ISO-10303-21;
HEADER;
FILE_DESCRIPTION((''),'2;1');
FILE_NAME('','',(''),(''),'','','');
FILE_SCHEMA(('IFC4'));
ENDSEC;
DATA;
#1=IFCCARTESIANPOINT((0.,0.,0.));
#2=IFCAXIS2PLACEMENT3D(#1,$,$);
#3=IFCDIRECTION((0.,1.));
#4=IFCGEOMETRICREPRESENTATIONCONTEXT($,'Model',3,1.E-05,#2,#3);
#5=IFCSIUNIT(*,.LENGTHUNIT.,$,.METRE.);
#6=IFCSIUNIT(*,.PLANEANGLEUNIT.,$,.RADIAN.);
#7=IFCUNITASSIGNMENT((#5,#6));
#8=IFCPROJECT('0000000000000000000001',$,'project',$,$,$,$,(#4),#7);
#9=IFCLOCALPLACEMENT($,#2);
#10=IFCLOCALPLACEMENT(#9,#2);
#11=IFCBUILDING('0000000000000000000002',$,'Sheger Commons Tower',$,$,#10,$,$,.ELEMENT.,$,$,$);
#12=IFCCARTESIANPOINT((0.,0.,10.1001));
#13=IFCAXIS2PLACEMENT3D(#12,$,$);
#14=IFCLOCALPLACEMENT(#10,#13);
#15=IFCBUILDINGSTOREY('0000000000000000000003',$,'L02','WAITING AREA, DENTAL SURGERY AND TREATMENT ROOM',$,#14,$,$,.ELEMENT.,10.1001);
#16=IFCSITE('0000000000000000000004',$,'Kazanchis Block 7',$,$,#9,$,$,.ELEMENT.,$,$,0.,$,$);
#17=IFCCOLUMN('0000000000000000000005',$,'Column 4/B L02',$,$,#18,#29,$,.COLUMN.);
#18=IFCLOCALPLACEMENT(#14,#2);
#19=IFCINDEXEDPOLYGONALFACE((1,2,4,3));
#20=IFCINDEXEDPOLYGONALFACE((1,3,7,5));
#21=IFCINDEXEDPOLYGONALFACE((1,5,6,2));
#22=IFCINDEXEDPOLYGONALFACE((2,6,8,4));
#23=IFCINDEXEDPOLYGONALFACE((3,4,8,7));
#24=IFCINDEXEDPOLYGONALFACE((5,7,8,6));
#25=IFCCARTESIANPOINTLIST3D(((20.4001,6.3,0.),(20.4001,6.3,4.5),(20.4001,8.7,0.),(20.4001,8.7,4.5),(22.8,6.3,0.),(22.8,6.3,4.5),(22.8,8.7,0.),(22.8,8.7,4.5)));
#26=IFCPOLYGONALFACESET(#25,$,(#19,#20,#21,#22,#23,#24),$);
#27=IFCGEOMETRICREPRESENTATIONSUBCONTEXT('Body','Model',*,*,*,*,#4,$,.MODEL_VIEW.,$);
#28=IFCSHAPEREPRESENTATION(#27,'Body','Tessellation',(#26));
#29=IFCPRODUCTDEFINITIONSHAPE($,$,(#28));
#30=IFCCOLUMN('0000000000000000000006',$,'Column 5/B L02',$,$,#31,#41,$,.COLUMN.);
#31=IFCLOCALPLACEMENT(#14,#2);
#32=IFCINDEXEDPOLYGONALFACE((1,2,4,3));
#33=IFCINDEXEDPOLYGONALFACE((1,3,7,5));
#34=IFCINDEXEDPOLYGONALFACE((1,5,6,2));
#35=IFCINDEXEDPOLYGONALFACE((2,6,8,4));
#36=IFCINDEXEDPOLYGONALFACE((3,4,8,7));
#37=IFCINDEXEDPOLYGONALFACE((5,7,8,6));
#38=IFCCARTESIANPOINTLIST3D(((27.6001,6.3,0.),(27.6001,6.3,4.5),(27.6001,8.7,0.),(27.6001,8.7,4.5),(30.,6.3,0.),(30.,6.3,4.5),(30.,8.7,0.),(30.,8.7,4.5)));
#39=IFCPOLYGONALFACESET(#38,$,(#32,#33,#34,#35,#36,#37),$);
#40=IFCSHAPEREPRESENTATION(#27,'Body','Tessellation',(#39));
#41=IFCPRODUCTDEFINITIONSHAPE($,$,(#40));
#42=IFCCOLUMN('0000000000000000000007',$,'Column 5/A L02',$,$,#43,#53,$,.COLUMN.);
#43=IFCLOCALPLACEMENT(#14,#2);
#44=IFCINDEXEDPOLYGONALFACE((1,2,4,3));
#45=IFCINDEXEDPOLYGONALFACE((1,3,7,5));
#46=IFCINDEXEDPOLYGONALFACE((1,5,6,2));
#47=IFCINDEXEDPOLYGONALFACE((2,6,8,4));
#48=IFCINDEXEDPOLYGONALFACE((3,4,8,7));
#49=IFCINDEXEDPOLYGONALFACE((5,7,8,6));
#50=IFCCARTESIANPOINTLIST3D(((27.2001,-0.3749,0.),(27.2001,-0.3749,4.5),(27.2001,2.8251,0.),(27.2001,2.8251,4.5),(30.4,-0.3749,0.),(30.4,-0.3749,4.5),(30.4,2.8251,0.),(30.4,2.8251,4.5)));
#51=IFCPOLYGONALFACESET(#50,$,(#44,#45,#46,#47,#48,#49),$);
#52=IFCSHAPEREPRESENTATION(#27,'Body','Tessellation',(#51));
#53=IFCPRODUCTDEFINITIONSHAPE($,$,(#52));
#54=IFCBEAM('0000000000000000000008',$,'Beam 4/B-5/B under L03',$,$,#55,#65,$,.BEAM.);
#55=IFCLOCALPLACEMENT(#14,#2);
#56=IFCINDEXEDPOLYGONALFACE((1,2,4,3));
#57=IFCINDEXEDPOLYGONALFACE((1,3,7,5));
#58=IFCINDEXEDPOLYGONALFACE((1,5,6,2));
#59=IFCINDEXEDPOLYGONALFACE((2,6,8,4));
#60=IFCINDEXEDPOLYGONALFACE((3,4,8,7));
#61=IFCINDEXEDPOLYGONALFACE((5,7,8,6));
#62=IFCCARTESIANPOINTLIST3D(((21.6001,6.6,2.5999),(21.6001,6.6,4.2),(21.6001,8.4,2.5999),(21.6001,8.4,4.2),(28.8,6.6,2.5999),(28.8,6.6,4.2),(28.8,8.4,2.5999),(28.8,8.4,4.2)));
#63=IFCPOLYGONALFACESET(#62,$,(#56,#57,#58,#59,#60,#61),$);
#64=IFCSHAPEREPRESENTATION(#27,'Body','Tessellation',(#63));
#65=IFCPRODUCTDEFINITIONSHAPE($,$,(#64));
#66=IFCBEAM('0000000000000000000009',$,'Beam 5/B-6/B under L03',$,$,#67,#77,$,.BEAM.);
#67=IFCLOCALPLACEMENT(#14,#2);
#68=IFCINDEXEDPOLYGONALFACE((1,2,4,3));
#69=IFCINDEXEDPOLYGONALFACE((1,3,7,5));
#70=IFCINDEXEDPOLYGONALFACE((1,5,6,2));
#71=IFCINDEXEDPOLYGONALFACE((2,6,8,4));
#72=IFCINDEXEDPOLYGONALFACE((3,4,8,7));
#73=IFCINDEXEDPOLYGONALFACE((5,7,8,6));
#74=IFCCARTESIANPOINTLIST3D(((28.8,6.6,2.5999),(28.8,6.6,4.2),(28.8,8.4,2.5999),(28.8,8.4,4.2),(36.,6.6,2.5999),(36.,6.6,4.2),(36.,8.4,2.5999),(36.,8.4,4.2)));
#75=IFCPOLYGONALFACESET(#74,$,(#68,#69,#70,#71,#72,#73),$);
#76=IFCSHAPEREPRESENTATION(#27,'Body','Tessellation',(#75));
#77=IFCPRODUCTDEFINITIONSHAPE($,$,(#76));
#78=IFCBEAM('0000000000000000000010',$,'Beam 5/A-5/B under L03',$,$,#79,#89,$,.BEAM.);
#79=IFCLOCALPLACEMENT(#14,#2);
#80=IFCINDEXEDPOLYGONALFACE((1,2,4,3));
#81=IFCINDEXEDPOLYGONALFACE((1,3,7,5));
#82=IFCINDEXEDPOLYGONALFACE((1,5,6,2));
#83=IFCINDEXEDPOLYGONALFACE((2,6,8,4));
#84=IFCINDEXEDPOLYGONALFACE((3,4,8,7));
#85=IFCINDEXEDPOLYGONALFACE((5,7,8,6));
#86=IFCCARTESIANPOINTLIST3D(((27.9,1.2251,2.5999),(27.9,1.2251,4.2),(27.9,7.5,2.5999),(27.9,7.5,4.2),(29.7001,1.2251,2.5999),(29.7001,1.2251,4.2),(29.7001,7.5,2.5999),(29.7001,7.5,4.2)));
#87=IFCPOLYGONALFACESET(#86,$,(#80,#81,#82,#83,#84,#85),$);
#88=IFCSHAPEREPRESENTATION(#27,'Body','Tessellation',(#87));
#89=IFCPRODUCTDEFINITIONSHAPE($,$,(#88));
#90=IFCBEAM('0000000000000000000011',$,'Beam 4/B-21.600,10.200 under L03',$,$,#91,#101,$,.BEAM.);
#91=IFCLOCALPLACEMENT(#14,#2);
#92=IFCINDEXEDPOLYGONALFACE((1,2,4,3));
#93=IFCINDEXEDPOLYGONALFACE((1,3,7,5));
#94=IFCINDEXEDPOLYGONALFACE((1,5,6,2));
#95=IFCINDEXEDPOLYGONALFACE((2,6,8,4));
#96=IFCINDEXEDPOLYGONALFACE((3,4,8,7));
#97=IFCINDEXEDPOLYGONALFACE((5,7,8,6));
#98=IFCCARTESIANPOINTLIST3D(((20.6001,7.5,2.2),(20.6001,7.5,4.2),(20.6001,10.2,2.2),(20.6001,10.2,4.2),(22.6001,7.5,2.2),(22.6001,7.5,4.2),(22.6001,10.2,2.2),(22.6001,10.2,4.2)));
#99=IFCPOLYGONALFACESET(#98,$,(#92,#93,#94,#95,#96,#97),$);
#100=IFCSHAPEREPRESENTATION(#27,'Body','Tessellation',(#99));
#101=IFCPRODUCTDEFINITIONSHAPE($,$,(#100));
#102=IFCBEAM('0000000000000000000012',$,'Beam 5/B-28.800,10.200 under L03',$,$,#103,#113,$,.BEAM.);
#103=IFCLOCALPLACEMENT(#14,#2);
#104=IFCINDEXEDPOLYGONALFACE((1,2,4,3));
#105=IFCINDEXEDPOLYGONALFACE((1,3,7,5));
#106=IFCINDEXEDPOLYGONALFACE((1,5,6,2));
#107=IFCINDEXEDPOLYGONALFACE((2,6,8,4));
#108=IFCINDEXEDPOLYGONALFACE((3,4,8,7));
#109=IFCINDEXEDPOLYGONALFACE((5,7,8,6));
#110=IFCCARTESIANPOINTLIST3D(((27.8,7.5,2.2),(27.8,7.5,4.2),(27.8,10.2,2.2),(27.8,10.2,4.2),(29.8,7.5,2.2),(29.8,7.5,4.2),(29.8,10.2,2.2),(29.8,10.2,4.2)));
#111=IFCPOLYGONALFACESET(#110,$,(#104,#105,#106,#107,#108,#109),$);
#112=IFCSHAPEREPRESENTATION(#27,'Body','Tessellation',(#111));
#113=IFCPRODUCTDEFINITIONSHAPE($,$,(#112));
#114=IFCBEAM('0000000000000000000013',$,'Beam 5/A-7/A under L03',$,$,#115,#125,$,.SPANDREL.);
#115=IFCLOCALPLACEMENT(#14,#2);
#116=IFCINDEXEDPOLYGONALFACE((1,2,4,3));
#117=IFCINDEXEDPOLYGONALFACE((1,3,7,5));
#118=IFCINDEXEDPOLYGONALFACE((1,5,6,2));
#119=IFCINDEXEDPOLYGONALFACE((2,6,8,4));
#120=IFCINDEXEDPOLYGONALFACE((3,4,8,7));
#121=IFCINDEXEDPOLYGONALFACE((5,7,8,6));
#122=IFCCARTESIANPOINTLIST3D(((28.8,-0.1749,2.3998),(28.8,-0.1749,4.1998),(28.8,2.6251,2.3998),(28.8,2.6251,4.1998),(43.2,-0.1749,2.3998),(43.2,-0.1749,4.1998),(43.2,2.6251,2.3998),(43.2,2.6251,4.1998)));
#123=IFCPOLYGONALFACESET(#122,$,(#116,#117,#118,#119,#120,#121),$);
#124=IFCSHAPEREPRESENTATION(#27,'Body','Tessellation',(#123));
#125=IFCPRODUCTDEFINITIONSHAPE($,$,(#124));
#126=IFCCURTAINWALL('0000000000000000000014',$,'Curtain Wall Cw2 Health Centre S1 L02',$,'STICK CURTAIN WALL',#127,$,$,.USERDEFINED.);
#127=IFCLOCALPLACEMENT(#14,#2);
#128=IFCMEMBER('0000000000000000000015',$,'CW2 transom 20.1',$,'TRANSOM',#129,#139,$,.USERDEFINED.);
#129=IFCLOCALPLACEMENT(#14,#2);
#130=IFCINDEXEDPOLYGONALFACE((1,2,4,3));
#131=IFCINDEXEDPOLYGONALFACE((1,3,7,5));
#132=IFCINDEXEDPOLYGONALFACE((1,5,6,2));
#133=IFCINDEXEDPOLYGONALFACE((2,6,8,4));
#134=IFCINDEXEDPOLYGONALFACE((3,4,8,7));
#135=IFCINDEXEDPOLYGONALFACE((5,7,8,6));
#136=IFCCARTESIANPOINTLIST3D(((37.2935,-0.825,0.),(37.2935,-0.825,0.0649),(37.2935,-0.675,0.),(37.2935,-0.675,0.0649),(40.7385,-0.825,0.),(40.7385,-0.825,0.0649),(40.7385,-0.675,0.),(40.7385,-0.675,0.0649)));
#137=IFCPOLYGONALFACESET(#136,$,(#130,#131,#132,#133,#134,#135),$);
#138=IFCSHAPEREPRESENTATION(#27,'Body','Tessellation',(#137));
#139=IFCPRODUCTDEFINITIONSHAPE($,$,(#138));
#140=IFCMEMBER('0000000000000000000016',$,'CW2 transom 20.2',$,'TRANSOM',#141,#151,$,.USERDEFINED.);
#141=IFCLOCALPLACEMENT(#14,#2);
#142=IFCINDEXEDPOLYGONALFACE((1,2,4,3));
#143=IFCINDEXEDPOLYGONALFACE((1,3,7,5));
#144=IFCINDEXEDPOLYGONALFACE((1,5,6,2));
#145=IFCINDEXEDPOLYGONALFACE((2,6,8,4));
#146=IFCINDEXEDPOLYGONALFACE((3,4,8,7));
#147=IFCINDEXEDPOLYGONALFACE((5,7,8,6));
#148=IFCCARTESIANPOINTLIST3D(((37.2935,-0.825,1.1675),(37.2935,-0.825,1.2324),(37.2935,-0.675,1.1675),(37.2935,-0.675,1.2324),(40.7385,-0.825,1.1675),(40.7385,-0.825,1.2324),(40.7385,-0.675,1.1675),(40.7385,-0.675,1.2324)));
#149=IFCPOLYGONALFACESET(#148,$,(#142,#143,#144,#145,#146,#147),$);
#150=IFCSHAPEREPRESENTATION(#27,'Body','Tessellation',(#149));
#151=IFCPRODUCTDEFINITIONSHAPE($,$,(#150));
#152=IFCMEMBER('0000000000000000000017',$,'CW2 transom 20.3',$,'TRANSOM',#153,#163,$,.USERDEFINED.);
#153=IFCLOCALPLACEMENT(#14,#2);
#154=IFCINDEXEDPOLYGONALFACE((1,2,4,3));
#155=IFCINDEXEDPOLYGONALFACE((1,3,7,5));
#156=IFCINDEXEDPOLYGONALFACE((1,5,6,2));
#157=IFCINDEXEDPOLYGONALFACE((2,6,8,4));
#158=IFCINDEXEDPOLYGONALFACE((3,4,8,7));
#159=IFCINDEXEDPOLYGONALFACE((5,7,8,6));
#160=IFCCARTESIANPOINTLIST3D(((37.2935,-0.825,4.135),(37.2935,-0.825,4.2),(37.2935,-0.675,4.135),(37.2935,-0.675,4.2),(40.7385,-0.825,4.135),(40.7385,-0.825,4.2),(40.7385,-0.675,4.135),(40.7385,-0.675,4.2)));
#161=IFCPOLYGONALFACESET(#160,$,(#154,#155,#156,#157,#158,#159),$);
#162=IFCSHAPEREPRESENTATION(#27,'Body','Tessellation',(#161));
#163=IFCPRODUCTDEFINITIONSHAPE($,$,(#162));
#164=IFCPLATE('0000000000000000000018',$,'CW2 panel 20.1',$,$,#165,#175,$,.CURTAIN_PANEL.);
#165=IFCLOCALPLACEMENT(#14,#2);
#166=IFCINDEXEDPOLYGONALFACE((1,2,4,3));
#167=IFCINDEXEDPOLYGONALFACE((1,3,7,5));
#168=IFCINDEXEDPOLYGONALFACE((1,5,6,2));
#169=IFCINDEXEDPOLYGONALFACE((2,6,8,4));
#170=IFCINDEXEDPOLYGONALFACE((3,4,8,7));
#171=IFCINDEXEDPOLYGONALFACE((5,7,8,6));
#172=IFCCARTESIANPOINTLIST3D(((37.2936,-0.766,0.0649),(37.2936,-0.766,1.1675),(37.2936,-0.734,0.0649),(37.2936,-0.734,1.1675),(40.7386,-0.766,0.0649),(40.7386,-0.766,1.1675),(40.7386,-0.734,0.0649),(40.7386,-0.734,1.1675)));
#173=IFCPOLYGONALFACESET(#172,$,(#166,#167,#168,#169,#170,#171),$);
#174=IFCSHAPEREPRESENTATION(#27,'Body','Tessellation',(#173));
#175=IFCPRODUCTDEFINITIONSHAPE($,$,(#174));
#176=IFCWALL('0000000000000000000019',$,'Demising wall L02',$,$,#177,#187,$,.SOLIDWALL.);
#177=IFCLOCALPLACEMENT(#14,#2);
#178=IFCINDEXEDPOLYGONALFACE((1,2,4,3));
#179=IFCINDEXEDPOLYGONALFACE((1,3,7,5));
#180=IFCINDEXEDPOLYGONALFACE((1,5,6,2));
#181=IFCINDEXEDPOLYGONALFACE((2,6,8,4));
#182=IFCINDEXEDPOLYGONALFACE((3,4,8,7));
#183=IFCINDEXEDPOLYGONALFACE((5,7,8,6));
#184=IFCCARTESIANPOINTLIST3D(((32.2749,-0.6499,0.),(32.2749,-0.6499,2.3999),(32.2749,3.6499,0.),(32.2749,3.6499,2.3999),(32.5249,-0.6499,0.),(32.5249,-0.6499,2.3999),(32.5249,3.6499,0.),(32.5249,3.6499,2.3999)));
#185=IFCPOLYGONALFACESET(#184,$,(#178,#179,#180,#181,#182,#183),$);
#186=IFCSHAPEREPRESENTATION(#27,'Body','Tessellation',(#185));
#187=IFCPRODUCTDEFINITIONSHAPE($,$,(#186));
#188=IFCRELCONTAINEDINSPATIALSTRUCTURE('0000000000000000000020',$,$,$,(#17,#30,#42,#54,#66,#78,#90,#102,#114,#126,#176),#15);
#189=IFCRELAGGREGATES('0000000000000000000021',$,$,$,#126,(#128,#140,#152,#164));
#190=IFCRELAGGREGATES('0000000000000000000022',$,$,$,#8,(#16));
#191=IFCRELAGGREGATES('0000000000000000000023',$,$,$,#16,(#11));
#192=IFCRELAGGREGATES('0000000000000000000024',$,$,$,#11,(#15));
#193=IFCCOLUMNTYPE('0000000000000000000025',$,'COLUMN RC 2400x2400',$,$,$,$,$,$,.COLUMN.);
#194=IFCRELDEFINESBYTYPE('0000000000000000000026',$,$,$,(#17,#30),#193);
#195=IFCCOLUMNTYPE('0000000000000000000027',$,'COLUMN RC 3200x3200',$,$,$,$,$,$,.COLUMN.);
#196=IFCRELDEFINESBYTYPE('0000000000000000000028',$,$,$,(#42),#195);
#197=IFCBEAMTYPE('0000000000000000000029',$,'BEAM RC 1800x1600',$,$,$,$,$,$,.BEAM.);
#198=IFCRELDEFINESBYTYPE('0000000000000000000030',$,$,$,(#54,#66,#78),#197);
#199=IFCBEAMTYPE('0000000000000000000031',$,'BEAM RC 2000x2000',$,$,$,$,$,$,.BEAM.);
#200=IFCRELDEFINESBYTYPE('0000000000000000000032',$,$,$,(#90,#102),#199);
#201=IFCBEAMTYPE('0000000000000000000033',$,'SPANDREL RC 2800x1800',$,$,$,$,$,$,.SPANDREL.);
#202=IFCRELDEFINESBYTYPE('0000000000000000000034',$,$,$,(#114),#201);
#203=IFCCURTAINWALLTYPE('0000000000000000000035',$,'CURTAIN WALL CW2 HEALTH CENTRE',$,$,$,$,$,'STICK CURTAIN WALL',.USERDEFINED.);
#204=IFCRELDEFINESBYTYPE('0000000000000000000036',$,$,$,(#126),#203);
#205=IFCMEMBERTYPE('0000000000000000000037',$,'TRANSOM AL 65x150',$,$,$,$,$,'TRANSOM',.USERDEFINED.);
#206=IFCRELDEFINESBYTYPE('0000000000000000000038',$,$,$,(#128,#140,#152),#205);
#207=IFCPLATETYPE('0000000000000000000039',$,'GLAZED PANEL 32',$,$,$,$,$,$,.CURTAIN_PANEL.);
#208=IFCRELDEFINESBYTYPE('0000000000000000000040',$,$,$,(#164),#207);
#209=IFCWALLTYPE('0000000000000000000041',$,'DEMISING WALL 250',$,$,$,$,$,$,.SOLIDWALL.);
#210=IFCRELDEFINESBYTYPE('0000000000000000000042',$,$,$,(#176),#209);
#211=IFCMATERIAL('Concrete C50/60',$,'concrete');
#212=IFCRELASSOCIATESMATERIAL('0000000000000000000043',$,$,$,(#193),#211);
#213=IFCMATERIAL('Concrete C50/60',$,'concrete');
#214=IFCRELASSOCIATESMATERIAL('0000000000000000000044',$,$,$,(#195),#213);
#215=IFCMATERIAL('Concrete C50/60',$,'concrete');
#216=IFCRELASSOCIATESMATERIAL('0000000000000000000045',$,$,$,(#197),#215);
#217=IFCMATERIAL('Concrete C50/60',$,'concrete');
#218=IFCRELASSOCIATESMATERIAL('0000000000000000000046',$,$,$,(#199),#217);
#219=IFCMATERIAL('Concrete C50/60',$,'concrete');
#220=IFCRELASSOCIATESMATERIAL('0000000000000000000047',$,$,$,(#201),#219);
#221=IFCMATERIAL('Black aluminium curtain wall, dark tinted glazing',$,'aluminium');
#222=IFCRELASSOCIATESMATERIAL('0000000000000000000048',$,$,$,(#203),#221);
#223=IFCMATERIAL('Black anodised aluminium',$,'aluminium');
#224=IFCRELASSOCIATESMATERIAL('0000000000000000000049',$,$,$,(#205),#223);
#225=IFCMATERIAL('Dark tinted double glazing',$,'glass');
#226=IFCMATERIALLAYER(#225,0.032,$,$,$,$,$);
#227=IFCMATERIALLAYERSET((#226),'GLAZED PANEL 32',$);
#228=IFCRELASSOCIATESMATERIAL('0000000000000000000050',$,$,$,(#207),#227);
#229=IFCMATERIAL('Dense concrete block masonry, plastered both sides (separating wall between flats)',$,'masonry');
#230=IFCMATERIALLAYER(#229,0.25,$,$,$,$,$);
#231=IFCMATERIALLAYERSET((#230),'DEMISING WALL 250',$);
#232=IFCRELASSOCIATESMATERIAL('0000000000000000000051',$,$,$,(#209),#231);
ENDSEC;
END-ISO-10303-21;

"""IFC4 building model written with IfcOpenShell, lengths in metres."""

from ifc_helpers import new_model, si_unit, direction, frame, frame_2d, origin, origin_2d, place, context, subcontext, project, spatial, rectangle, extrude, material, layer, layer_set, material_profile, profile_set, type_object, element, aggregate, save


model = new_model("IFC4")

# Units and contexts
model_context = context("Model", 3, precision=1e-05, world=origin(), true_north=direction((0.0, 1.0)))
body_context = subcontext(model_context, "Body", "Model", "MODEL_VIEW")
ifc_project = project(units=[si_unit("LENGTHUNIT", "METRE"), si_unit("PLANEANGLEUNIT", "RADIAN")], contexts=[model_context])

# Site, building, storey
site_placement = place(None, origin())
site = spatial("IfcSite", under=ifc_project, at=site_placement, Name="Kazanchis Block 7", CompositionType="ELEMENT", RefElevation=0.0)
building_placement = place(site_placement, origin())
building = spatial("IfcBuilding", under=site, at=building_placement, Name="Sheger Commons Tower", CompositionType="ELEMENT")
storey_placement = place(building_placement, frame((0.0, 0.0, 10.1001)))
storey = spatial("IfcBuildingStorey", under=building, at=storey_placement, Name="L02", Description="WAITING AREA, DENTAL SURGERY AND TREATMENT ROOM", CompositionType="ELEMENT", Elevation=10.1001)

# Columns
ifc_material_1 = material(Name="Concrete C50/60", Category="concrete")
ifc_material_profile_1 = material_profile(ifc_material_1, rectangle(XDim=2.3999, YDim=2.3999, at=origin_2d()), Name="RC 2400x2400")
ifc_profile_set_1 = profile_set([ifc_material_profile_1], Name="Concrete C50/60")
column_type_1 = type_object("IfcColumnType", Name="COLUMN RC 2400x2400", PredefinedType="COLUMN", material=ifc_profile_set_1)
for number, where, z_axis, x_axis, name in (
    (1, (21.6001, 7.5, 0.0), (0.0, 0.0, 1.0), (1.0, 0.0, 0.0), "Column 4/B L02"),
    (2, (28.8, 7.5, 0.0), (0.0, 0.0, 1.0), (1.0, 0.0, 0.0), "Column 5/B L02"),
):
    element("IfcColumn", number, at=place(storey_placement, frame(where, z_axis=z_axis, x_axis=x_axis)), inside=storey, type_object=column_type_1, Name=name, PredefinedType="COLUMN", context=body_context, shape_type="SweptSolid", body=[
        extrude(rectangle(XDim=2.3999, YDim=2.3999, at=origin_2d()), origin(), (0.0, 0.0, 1.0), 4.5),
    ])
ifc_material_2 = material(Name="Concrete C50/60", Category="concrete")
ifc_material_profile_2 = material_profile(ifc_material_2, rectangle(XDim=3.2, YDim=3.2, at=origin_2d()), Name="RC 3200x3200")
ifc_profile_set_2 = profile_set([ifc_material_profile_2], Name="Concrete C50/60")
column_type_2 = type_object("IfcColumnType", Name="COLUMN RC 3200x3200", PredefinedType="COLUMN", material=ifc_profile_set_2)
column_placement = place(storey_placement, frame((28.8, 1.2251, 0.0), z_axis=(0.0, 0.0, 1.0), x_axis=(1.0, 0.0, 0.0)))
element("IfcColumn", 3, at=column_placement, inside=storey, type_object=column_type_2, Name="Column 5/A L02", PredefinedType="COLUMN", context=body_context, shape_type="SweptSolid", body=[
    extrude(rectangle(XDim=3.2, YDim=3.2, at=origin_2d()), origin(), (0.0, 0.0, 1.0), 4.5),
])

# Beams
ifc_material_3 = material(Name="Concrete C50/60", Category="concrete")
ifc_material_profile_3 = material_profile(ifc_material_3, rectangle(XDim=1.8, YDim=1.6001, at=origin_2d()), Name="RC 1800x1600")
ifc_profile_set_3 = profile_set([ifc_material_profile_3], Name="Concrete C50/60")
beam_type_1 = type_object("IfcBeamType", Name="BEAM RC 1800x1600", PredefinedType="BEAM", material=ifc_profile_set_3)
for number, where, z_axis, x_axis, name in (
    (4, (21.6001, 7.5, 3.3999), (1.0, 0.0, 0.0), (0.0, 1.0, 0.0), "Beam 4/B-5/B under L03"),
    (5, (28.8, 7.5, 3.3999), (1.0, 0.0, 0.0), (0.0, 1.0, 0.0), "Beam 5/B-6/B under L03"),
):
    element("IfcBeam", number, at=place(storey_placement, frame(where, z_axis=z_axis, x_axis=x_axis)), inside=storey, type_object=beam_type_1, Name=name, PredefinedType="BEAM", context=body_context, shape_type="SweptSolid", body=[
        extrude(rectangle(XDim=1.8, YDim=1.6001, at=origin_2d()), origin(), (0.0, 0.0, 1.0), 7.2),
    ])
beam_1_placement = place(storey_placement, frame((28.8, 1.2251, 3.3999), z_axis=(0.0, 1.0, 0.0), x_axis=(-1.0, 0.0, 0.0)))
element("IfcBeam", 6, at=beam_1_placement, inside=storey, type_object=beam_type_1, Name="Beam 5/A-5/B under L03", PredefinedType="BEAM", context=body_context, shape_type="SweptSolid", body=[
    extrude(rectangle(XDim=1.8, YDim=1.6001, at=origin_2d()), origin(), (0.0, 0.0, 1.0), 6.2749),
])
ifc_material_4 = material(Name="Concrete C50/60", Category="concrete")
ifc_material_profile_4 = material_profile(ifc_material_4, rectangle(XDim=2.0, YDim=2.0, at=origin_2d()), Name="RC 2000x2000")
ifc_profile_set_4 = profile_set([ifc_material_profile_4], Name="Concrete C50/60")
beam_type_2 = type_object("IfcBeamType", Name="BEAM RC 2000x2000", PredefinedType="BEAM", material=ifc_profile_set_4)
for number, where, z_axis, x_axis, name in (
    (7, (21.6001, 7.5, 3.2), (0.0, 1.0, 0.0), (-1.0, 0.0, 0.0), "Beam 4/B-21.600,10.200 under L03"),
    (8, (28.8, 7.5, 3.2), (0.0, 1.0, 0.0), (-1.0, 0.0, 0.0), "Beam 5/B-28.800,10.200 under L03"),
):
    element("IfcBeam", number, at=place(storey_placement, frame(where, z_axis=z_axis, x_axis=x_axis)), inside=storey, type_object=beam_type_2, Name=name, PredefinedType="BEAM", context=body_context, shape_type="SweptSolid", body=[
        extrude(rectangle(XDim=2.0, YDim=2.0, at=origin_2d()), origin(), (0.0, 0.0, 1.0), 2.7),
    ])
ifc_material_5 = material(Name="Concrete C50/60", Category="concrete")
ifc_material_profile_5 = material_profile(ifc_material_5, rectangle(XDim=2.8, YDim=1.8, at=origin_2d()), Name="RC 2800x1800")
ifc_profile_set_5 = profile_set([ifc_material_profile_5], Name="Concrete C50/60")
beam_type_3 = type_object("IfcBeamType", Name="SPANDREL RC 2800x1800", PredefinedType="SPANDREL", material=ifc_profile_set_5)
beam_2_placement = place(storey_placement, frame((28.8, 1.2251, 3.2998), z_axis=(1.0, 0.0, 0.0), x_axis=(0.0, 1.0, 0.0)))
element("IfcBeam", 9, at=beam_2_placement, inside=storey, type_object=beam_type_3, Name="Beam 5/A-7/A under L03", PredefinedType="SPANDREL", context=body_context, shape_type="SweptSolid", body=[
    extrude(rectangle(XDim=2.8, YDim=1.8, at=origin_2d()), origin(), (0.0, 0.0, 1.0), 14.3999),
])

# Curtain wall, members, plate
ifc_material_6 = material(Name="Black aluminium curtain wall, dark tinted glazing", Category="aluminium")
curtain_wall_type = type_object("IfcCurtainWallType", Name="CURTAIN WALL CW2 HEALTH CENTRE", ElementType="STICK CURTAIN WALL", PredefinedType="USERDEFINED", material=ifc_material_6)
curtain_wall_placement = place(storey_placement, origin())
curtain_wall = element("IfcCurtainWall", 10, at=curtain_wall_placement, inside=storey, type_object=curtain_wall_type, Name="Curtain Wall Cw2 Health Centre S1 L02", ObjectType="STICK CURTAIN WALL", PredefinedType="USERDEFINED")
ifc_material_7 = material(Name="Black anodised aluminium", Category="aluminium")
ifc_material_profile_6 = material_profile(ifc_material_7, rectangle(XDim=0.1499, YDim=0.0649, at=origin_2d()), Name="AL 65x150")
ifc_profile_set_6 = profile_set([ifc_material_profile_6], Name="Black anodised aluminium")
member_type = type_object("IfcMemberType", Name="TRANSOM AL 65x150", ElementType="TRANSOM", PredefinedType="USERDEFINED", material=ifc_profile_set_6)
member_1_placement = place(storey_placement, frame((37.2935, -0.75, 0.0325), z_axis=(1.0, 0.0, 0.0), x_axis=(0.0, 1.0, 0.0)))
member_1 = element("IfcMember", 11, at=member_1_placement, type_object=member_type, Name="CW2 transom 20.1", ObjectType="TRANSOM", PredefinedType="USERDEFINED", context=body_context, shape_type="SweptSolid", body=[
    extrude(rectangle(XDim=0.1499, YDim=0.0649, at=origin_2d()), origin(), (0.0, 0.0, 1.0), 3.4451),
])
member_2_placement = place(storey_placement, frame((37.2935, -0.75, 1.2), z_axis=(1.0, 0.0, 0.0), x_axis=(0.0, 1.0, 0.0)))
member_2 = element("IfcMember", 12, at=member_2_placement, type_object=member_type, Name="CW2 transom 20.2", ObjectType="TRANSOM", PredefinedType="USERDEFINED", context=body_context, shape_type="SweptSolid", body=[
    extrude(rectangle(XDim=0.1499, YDim=0.0649, at=origin_2d()), origin(), (0.0, 0.0, 1.0), 3.4451),
])
member_3_placement = place(storey_placement, frame((37.2935, -0.75, 4.1675), z_axis=(1.0, 0.0, 0.0), x_axis=(0.0, 1.0, 0.0)))
member_3 = element("IfcMember", 13, at=member_3_placement, type_object=member_type, Name="CW2 transom 20.3", ObjectType="TRANSOM", PredefinedType="USERDEFINED", context=body_context, shape_type="SweptSolid", body=[
    extrude(rectangle(XDim=0.1499, YDim=0.0649, at=origin_2d()), origin(), (0.0, 0.0, 1.0), 3.4451),
])
ifc_material_8 = material(Name="Dark tinted double glazing", Category="glass")
ifc_layer_1 = layer(ifc_material_8, 0.032)
ifc_layer_set_1 = layer_set([ifc_layer_1], Name="GLAZED PANEL 32")
plate_type = type_object("IfcPlateType", Name="GLAZED PANEL 32", PredefinedType="CURTAIN_PANEL", material=ifc_layer_set_1)
plate_placement = place(storey_placement, frame((39.0161, -0.75, 0.0649), z_axis=(0.0, 0.0, 1.0), x_axis=(1.0, 0.0, 0.0)))
plate = element("IfcPlate", 14, at=plate_placement, type_object=plate_type, Name="CW2 panel 20.1", PredefinedType="CURTAIN_PANEL", context=body_context, shape_type="SweptSolid", body=[
    extrude(rectangle(XDim=3.4451, YDim=0.032, at=origin_2d()), origin(), (0.0, 0.0, 1.0), 1.1025),
])
aggregate(curtain_wall, [member_1, member_2, member_3, plate])

# Wall
ifc_material_9 = material(Name="Dense concrete block masonry, plastered both sides (separating wall between flats)", Category="masonry")
ifc_layer_2 = layer(ifc_material_9, 0.25)
ifc_layer_set_2 = layer_set([ifc_layer_2], Name="DEMISING WALL 250")
wall_type_1 = type_object("IfcWallType", Name="DEMISING WALL 250", PredefinedType="SOLIDWALL", material=ifc_layer_set_2)
wall_1_placement = place(storey_placement, frame((32.3999, -0.6499, 0.0), z_axis=(0.0, 0.0, 1.0), x_axis=(0.0, 1.0, 0.0)))
element("IfcWall", 15, at=wall_1_placement, inside=storey, type_object=wall_type_1, Name="Demising wall L02", PredefinedType="SOLIDWALL", context=body_context, shape_type="SweptSolid", body=[
    extrude(rectangle(XDim=4.2998, YDim=0.25, at=frame_2d((2.1499, 0.0))), origin(), (0.0, 0.0, 1.0), 2.3999),
])

save(model, "model.ifc")
